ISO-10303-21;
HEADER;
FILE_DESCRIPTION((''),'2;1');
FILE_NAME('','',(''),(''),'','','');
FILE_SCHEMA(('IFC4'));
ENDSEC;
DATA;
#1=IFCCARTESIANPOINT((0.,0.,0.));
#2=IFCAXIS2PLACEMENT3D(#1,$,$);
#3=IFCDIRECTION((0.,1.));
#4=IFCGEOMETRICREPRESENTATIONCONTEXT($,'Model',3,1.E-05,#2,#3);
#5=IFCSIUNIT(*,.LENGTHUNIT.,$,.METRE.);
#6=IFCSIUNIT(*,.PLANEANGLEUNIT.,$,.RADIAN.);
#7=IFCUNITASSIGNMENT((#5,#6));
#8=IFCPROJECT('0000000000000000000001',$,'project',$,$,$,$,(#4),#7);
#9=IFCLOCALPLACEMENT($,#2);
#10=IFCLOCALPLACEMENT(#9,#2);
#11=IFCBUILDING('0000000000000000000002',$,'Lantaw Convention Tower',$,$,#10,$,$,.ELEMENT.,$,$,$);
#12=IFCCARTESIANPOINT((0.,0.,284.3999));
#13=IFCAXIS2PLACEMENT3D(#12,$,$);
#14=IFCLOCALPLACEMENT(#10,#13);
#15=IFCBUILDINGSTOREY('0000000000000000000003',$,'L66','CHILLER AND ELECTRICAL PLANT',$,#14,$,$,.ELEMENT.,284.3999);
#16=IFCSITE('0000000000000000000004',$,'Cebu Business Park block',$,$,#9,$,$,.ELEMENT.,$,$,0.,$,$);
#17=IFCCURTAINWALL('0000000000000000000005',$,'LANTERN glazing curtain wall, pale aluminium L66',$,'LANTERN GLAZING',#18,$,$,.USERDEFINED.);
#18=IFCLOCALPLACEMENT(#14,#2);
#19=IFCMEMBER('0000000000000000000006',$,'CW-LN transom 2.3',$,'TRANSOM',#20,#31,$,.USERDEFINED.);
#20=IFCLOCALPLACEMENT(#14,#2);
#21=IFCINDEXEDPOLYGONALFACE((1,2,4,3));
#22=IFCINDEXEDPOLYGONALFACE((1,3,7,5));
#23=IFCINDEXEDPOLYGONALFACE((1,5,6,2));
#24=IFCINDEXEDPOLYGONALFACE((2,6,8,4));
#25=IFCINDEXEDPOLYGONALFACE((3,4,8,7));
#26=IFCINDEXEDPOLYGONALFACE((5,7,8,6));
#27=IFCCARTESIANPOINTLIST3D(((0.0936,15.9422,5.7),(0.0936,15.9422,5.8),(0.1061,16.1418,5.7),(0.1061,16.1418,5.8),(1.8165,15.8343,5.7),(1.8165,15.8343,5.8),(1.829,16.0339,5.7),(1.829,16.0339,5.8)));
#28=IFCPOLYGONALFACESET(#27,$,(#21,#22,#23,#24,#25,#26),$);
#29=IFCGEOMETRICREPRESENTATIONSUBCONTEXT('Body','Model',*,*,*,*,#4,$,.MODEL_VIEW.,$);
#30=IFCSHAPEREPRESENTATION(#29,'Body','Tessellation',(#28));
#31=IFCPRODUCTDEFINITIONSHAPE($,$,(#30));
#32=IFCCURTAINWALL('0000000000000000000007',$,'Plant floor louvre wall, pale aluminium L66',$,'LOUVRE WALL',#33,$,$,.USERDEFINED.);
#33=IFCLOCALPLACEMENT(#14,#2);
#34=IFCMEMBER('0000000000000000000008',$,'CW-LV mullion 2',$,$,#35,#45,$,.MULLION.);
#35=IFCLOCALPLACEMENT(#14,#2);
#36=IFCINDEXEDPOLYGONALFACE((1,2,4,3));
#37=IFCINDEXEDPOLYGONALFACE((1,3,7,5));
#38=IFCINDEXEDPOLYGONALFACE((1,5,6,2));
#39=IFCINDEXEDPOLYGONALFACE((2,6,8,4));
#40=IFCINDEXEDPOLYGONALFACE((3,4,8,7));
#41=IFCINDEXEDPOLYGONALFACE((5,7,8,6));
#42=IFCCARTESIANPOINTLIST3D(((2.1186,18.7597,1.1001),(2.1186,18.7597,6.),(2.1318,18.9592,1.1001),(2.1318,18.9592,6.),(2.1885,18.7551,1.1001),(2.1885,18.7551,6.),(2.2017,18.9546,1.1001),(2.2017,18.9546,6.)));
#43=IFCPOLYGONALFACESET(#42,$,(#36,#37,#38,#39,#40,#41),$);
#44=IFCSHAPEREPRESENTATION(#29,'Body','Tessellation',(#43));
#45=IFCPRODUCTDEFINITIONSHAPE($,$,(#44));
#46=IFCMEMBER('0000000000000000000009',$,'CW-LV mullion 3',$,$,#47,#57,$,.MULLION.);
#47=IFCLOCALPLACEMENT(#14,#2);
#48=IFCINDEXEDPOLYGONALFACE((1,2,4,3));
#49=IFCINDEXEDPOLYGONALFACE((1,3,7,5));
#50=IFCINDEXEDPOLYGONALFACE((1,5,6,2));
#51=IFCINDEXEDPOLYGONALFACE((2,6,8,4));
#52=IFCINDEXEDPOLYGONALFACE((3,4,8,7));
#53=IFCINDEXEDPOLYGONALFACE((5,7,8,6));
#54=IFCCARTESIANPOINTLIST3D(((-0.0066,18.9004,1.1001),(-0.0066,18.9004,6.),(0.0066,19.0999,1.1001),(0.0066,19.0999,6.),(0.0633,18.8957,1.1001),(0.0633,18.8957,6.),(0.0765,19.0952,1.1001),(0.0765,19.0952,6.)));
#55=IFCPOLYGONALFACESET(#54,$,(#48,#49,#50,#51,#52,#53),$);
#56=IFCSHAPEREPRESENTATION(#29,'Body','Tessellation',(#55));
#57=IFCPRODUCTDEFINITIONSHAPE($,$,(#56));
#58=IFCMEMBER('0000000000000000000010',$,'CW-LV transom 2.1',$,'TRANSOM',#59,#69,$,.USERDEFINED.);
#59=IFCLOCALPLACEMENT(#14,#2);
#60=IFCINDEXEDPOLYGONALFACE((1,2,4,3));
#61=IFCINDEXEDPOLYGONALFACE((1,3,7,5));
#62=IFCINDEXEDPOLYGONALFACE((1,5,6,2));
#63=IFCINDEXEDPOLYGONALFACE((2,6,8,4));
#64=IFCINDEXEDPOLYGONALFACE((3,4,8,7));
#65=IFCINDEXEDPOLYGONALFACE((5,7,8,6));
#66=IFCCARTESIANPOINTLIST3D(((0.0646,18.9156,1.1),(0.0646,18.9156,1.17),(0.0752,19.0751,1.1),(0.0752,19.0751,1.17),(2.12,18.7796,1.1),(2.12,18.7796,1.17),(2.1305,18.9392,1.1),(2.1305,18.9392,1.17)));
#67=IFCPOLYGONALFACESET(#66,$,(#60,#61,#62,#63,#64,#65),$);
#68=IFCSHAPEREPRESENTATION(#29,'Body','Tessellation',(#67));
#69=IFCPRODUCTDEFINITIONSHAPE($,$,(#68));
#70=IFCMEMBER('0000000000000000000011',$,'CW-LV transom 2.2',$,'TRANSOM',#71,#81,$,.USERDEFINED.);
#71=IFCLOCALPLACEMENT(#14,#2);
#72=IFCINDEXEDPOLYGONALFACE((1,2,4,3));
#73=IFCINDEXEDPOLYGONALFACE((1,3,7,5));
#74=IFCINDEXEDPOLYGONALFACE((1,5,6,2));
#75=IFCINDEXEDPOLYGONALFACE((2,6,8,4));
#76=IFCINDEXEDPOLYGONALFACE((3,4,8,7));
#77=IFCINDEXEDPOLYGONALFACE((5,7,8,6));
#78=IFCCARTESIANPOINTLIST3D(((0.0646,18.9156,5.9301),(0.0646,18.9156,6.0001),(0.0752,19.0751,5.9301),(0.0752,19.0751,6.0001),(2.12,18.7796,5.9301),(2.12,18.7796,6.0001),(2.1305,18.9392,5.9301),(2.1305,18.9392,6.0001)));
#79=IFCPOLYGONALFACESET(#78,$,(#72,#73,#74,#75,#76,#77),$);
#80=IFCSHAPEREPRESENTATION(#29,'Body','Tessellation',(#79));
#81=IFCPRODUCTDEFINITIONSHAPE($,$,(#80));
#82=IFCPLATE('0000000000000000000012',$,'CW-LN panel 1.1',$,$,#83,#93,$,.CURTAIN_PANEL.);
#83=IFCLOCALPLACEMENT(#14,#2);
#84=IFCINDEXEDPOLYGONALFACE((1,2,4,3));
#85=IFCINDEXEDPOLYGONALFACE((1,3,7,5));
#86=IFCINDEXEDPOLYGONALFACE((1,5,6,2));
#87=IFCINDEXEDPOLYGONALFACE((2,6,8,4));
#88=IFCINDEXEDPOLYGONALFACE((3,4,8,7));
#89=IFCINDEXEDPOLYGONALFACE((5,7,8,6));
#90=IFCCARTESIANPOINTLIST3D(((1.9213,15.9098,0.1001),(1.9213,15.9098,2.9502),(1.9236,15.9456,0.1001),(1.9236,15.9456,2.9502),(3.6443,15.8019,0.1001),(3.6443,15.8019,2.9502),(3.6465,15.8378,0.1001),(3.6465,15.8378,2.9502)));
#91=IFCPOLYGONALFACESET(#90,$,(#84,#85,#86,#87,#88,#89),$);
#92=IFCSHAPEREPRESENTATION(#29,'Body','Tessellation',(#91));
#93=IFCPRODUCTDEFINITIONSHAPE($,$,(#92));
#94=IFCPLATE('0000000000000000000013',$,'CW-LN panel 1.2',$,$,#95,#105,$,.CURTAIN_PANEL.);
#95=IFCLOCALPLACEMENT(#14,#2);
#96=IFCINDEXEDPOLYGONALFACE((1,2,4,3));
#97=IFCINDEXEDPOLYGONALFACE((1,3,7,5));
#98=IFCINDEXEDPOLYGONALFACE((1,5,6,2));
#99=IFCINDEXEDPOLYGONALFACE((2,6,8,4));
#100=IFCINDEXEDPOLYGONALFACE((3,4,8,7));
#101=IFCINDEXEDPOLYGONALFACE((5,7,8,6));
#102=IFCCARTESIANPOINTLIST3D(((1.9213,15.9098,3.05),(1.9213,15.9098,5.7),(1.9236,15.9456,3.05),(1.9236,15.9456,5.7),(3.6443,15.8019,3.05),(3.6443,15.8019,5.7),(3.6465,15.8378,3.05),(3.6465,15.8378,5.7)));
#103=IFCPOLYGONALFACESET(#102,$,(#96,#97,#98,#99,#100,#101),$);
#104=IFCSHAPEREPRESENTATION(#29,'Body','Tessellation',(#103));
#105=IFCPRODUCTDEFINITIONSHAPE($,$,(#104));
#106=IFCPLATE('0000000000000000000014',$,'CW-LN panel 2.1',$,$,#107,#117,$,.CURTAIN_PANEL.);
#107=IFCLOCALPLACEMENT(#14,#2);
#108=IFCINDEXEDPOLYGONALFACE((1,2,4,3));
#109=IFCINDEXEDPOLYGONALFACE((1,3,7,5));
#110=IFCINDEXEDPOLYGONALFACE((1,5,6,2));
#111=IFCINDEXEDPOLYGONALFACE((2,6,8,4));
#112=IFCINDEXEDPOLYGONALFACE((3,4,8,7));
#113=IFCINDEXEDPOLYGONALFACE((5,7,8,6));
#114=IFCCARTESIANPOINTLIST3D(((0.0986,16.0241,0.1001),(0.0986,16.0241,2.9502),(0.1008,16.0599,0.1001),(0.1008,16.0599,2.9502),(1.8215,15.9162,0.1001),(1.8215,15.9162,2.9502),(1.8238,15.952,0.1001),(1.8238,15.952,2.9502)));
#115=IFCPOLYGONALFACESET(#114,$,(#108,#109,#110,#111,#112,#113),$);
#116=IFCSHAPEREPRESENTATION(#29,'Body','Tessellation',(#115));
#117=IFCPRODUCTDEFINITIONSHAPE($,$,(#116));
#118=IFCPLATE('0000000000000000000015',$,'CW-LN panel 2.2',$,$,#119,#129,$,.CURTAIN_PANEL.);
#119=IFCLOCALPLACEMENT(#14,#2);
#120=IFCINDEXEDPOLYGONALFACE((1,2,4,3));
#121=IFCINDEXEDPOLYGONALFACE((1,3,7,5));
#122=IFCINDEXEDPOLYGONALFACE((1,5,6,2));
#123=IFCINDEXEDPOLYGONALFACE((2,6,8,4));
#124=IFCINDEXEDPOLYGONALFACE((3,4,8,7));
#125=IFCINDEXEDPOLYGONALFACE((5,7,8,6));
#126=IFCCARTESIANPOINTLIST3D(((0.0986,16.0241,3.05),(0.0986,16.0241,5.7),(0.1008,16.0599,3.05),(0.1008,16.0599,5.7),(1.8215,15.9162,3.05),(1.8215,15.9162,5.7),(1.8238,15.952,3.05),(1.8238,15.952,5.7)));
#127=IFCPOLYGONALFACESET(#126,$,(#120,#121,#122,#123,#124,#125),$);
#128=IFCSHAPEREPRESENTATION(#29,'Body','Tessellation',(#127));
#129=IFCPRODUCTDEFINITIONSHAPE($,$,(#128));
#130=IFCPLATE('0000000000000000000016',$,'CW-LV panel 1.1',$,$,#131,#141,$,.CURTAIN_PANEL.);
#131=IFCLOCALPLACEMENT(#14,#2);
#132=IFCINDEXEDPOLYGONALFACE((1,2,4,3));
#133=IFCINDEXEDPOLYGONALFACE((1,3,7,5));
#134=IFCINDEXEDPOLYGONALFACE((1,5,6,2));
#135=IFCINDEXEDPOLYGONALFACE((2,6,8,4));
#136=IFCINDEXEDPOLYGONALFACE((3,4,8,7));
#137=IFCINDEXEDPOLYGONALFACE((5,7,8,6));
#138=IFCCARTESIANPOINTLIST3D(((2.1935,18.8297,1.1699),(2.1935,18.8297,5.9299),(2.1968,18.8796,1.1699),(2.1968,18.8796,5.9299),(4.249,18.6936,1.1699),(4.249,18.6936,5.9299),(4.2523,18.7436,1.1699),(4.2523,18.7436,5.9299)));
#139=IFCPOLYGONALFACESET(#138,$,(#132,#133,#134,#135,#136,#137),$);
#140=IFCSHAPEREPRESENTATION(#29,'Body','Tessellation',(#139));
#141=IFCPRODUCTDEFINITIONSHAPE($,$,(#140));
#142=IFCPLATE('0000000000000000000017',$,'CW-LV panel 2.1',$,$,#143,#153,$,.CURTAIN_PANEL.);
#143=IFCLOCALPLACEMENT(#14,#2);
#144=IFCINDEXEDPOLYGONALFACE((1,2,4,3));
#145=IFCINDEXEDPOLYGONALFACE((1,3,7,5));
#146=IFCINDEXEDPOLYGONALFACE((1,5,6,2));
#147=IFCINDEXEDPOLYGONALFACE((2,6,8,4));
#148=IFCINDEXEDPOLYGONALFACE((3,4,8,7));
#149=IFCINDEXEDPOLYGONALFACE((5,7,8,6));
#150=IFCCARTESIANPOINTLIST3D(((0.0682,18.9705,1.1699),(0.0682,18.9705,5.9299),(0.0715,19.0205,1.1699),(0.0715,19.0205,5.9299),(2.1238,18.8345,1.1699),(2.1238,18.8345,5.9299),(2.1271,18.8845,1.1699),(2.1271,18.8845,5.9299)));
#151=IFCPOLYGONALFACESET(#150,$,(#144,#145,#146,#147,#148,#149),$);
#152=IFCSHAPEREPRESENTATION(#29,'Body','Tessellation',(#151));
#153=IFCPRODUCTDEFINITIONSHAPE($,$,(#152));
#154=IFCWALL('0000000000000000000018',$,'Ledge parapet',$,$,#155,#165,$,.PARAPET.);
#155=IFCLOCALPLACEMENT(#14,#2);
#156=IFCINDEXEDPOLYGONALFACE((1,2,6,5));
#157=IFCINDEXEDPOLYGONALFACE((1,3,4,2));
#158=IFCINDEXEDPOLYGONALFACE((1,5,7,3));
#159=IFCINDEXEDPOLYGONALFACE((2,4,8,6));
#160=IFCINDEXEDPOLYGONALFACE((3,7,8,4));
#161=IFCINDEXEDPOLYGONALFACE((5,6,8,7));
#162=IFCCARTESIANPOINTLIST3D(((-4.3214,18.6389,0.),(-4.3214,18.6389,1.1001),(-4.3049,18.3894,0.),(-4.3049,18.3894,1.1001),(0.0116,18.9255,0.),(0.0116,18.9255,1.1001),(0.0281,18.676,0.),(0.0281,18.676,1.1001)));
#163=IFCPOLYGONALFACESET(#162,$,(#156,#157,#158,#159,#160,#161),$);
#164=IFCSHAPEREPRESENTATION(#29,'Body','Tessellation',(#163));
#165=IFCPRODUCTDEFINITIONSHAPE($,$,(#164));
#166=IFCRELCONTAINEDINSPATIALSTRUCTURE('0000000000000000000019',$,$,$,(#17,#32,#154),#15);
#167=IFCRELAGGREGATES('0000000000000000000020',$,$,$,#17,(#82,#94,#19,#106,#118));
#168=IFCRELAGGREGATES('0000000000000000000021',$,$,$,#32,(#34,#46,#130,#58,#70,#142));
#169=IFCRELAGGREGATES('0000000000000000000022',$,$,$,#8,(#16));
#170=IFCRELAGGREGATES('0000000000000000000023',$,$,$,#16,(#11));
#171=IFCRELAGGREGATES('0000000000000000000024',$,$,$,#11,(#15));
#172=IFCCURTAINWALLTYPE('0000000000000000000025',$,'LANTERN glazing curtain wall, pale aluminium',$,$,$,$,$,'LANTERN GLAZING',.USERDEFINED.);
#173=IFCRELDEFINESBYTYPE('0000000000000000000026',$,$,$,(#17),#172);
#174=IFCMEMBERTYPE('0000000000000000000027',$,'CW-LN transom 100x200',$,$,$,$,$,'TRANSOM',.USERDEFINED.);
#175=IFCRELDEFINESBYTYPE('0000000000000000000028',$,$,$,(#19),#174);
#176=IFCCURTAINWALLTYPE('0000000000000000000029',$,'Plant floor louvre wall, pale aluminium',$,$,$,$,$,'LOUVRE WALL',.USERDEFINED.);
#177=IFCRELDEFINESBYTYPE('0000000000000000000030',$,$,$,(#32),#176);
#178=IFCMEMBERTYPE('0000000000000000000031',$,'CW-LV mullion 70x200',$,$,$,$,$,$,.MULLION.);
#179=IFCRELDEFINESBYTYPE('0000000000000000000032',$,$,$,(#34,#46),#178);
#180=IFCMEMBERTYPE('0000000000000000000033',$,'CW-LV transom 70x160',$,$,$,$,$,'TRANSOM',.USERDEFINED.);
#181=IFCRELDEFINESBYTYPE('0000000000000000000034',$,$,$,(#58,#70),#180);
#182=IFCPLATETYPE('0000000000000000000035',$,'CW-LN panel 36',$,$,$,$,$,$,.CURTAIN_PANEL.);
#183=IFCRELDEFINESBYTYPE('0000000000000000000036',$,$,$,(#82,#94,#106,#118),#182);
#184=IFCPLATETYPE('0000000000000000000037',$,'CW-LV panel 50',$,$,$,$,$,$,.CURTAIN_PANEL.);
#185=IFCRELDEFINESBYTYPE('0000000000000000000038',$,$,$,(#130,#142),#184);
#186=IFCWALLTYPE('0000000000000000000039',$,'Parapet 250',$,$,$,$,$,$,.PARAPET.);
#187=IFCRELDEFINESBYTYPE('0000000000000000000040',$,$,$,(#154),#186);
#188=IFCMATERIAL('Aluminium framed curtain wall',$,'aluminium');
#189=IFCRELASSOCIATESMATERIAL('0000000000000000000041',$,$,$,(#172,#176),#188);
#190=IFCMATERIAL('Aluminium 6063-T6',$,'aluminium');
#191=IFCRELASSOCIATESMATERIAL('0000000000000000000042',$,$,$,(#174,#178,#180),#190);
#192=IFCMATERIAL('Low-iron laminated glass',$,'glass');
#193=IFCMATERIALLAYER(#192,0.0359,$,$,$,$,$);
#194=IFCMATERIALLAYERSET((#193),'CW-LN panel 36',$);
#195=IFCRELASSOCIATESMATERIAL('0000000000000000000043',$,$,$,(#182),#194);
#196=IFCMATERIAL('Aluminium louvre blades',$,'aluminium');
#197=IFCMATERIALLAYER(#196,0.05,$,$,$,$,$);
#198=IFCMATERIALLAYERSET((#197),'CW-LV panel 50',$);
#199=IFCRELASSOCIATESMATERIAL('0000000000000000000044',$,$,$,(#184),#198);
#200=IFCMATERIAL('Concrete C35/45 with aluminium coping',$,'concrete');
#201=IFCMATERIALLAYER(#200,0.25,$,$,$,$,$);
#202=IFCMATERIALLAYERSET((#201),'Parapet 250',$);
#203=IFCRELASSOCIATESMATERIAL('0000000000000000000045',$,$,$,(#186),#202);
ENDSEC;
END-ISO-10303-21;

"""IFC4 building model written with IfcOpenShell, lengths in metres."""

from ifc_helpers import new_model, si_unit, direction, frame, frame_2d, origin, origin_2d, place, context, subcontext, project, spatial, rectangle, extrude, material, layer, layer_set, material_profile, profile_set, type_object, element, aggregate, save


model = new_model("IFC4")

# Units and contexts
model_context = context("Model", 3, precision=1e-05, world=origin(), true_north=direction((0.0, 1.0)))
body_context = subcontext(model_context, "Body", "Model", "MODEL_VIEW")
ifc_project = project(units=[si_unit("LENGTHUNIT", "METRE"), si_unit("PLANEANGLEUNIT", "RADIAN")], contexts=[model_context])

# Site, building, storey
site_placement = place(None, origin())
site = spatial("IfcSite", under=ifc_project, at=site_placement, Name="Cebu Business Park block", CompositionType="ELEMENT", RefElevation=0.0)
building_placement = place(site_placement, origin())
building = spatial("IfcBuilding", under=site, at=building_placement, Name="Lantaw Convention Tower", CompositionType="ELEMENT")
storey_placement = place(building_placement, frame((0.0, 0.0, 284.3999)))
storey = spatial("IfcBuildingStorey", under=building, at=storey_placement, Name="L66", Description="CHILLER AND ELECTRICAL PLANT", CompositionType="ELEMENT", Elevation=284.3999)

# Shared definitions
ifc_material_1 = material(Name="Aluminium framed curtain wall", Category="aluminium")
curtain_wall_type_1 = type_object("IfcCurtainWallType", Name="LANTERN glazing curtain wall, pale aluminium", ElementType="LANTERN GLAZING", PredefinedType="USERDEFINED", material=ifc_material_1)
ifc_material_2 = material(Name="Aluminium 6063-T6", Category="aluminium")

# Curtain walls, members
curtain_wall_1_placement = place(storey_placement, origin())
curtain_wall_1 = element("IfcCurtainWall", 1, at=curtain_wall_1_placement, inside=storey, type_object=curtain_wall_type_1, Name="LANTERN glazing curtain wall, pale aluminium L66", ObjectType="LANTERN GLAZING", PredefinedType="USERDEFINED")
ifc_material_profile_1 = material_profile(ifc_material_2, rectangle(XDim=0.2, YDim=0.1001, at=origin_2d()), Name="CW-LN transom 100x200")
ifc_profile_set_1 = profile_set([ifc_material_profile_1], Name="Aluminium 6063-T6")
member_type_1 = type_object("IfcMemberType", Name="CW-LN transom 100x200", ElementType="TRANSOM", PredefinedType="USERDEFINED", material=ifc_profile_set_1)
member_1_placement = place(storey_placement, frame((1.8228, 15.9341, 5.75), z_axis=(-0.998044, 0.06251, 0.0), x_axis=(-0.06251, -0.998044, 0.0)))
member_1 = element("IfcMember", 2, at=member_1_placement, type_object=member_type_1, Name="CW-LN transom 2.3", ObjectType="TRANSOM", PredefinedType="USERDEFINED", context=body_context, shape_type="SweptSolid", body=[
    extrude(rectangle(XDim=0.2, YDim=0.1001, at=origin_2d()), origin(), (0.0, 0.0, 1.0), 1.7263),
])
curtain_wall_type_2 = type_object("IfcCurtainWallType", Name="Plant floor louvre wall, pale aluminium", ElementType="LOUVRE WALL", PredefinedType="USERDEFINED", material=ifc_material_1)
curtain_wall_2_placement = place(storey_placement, origin())
curtain_wall_2 = element("IfcCurtainWall", 3, at=curtain_wall_2_placement, inside=storey, type_object=curtain_wall_type_2, Name="Plant floor louvre wall, pale aluminium L66", ObjectType="LOUVRE WALL", PredefinedType="USERDEFINED")
ifc_material_profile_2 = material_profile(ifc_material_2, rectangle(XDim=0.2, YDim=0.0701, at=origin_2d()), Name="CW-LV mullion 70x200")
ifc_profile_set_2 = profile_set([ifc_material_profile_2], Name="Aluminium 6063-T6")
member_type_2 = type_object("IfcMemberType", Name="CW-LV mullion 70x200", PredefinedType="MULLION", material=ifc_profile_set_2)
member_2_placement = place(storey_placement, frame((2.1602, 18.8572, 1.1001), z_axis=(0.0, 0.0, 1.0), x_axis=(-0.066025, -0.997818, 0.0)))
member_2 = element("IfcMember", 4, at=member_2_placement, type_object=member_type_2, Name="CW-LV mullion 2", PredefinedType="MULLION", context=body_context, shape_type="SweptSolid", body=[
    extrude(rectangle(XDim=0.2, YDim=0.0701, at=origin_2d()), origin(), (0.0, 0.0, 1.0), 4.8999),
])
member_3_placement = place(storey_placement, frame((0.0349, 18.9978, 1.1001), z_axis=(0.0, 0.0, 1.0), x_axis=(-0.066025, -0.997818, 0.0)))
member_3 = element("IfcMember", 5, at=member_3_placement, type_object=member_type_2, Name="CW-LV mullion 3", PredefinedType="MULLION", context=body_context, shape_type="SweptSolid", body=[
    extrude(rectangle(XDim=0.2, YDim=0.0701, at=origin_2d()), origin(), (0.0, 0.0, 1.0), 4.8999),
])
ifc_material_profile_3 = material_profile(ifc_material_2, rectangle(XDim=0.1599, YDim=0.0701, at=origin_2d()), Name="CW-LV transom 70x160")
ifc_profile_set_3 = profile_set([ifc_material_profile_3], Name="Aluminium 6063-T6")
member_type_3 = type_object("IfcMemberType", Name="CW-LV transom 70x160", ElementType="TRANSOM", PredefinedType="USERDEFINED", material=ifc_profile_set_3)
member_4_placement = place(storey_placement, frame((2.1252, 18.8594, 1.135), z_axis=(-0.997819, 0.066016, 0.0), x_axis=(-0.066016, -0.997819, 0.0)))
member_4 = element("IfcMember", 6, at=member_4_placement, type_object=member_type_3, Name="CW-LV transom 2.1", ObjectType="TRANSOM", PredefinedType="USERDEFINED", context=body_context, shape_type="SweptSolid", body=[
    extrude(rectangle(XDim=0.1599, YDim=0.0701, at=origin_2d()), origin(), (0.0, 0.0, 1.0), 2.0598),
])
member_5_placement = place(storey_placement, frame((2.1252, 18.8594, 5.9651), z_axis=(-0.997819, 0.066016, 0.0), x_axis=(-0.066016, -0.997819, 0.0)))
member_5 = element("IfcMember", 7, at=member_5_placement, type_object=member_type_3, Name="CW-LV transom 2.2", ObjectType="TRANSOM", PredefinedType="USERDEFINED", context=body_context, shape_type="SweptSolid", body=[
    extrude(rectangle(XDim=0.1599, YDim=0.0701, at=origin_2d()), origin(), (0.0, 0.0, 1.0), 2.0598),
])

# Plates
ifc_material_3 = material(Name="Low-iron laminated glass", Category="glass")
ifc_layer_1 = layer(ifc_material_3, 0.0359)
ifc_layer_set_1 = layer_set([ifc_layer_1], Name="CW-LN panel 36")
plate_type_1 = type_object("IfcPlateType", Name="CW-LN panel 36", PredefinedType="CURTAIN_PANEL", material=ifc_layer_set_1)
plate_1_placement = place(storey_placement, frame((2.7839, 15.8738, 0.1001), z_axis=(0.0, 0.0, 1.0), x_axis=(-0.998046, 0.062489, 0.0)))
plate_1 = element("IfcPlate", 8, at=plate_1_placement, type_object=plate_type_1, Name="CW-LN panel 1.1", PredefinedType="CURTAIN_PANEL", context=body_context, shape_type="SweptSolid", body=[
    extrude(rectangle(XDim=1.7263, YDim=0.0359, at=origin_2d()), origin(), (0.0, 0.0, 1.0), 2.8501),
])
plate_2_placement = place(storey_placement, frame((2.7839, 15.8738, 3.05), z_axis=(0.0, 0.0, 1.0), x_axis=(-0.998046, 0.062489, 0.0)))
plate_2 = element("IfcPlate", 9, at=plate_2_placement, type_object=plate_type_1, Name="CW-LN panel 1.2", PredefinedType="CURTAIN_PANEL", context=body_context, shape_type="SweptSolid", body=[
    extrude(rectangle(XDim=1.7263, YDim=0.0359, at=origin_2d()), origin(), (0.0, 0.0, 1.0), 2.6499),
])
plate_3_placement = place(storey_placement, frame((0.9612, 15.988, 0.1001), z_axis=(0.0, 0.0, 1.0), x_axis=(-0.998046, 0.062489, 0.0)))
plate_3 = element("IfcPlate", 10, at=plate_3_placement, type_object=plate_type_1, Name="CW-LN panel 2.1", PredefinedType="CURTAIN_PANEL", context=body_context, shape_type="SweptSolid", body=[
    extrude(rectangle(XDim=1.7263, YDim=0.0359, at=origin_2d()), origin(), (0.0, 0.0, 1.0), 2.8501),
])
plate_4_placement = place(storey_placement, frame((0.9612, 15.988, 3.05), z_axis=(0.0, 0.0, 1.0), x_axis=(-0.998046, 0.062489, 0.0)))
plate_4 = element("IfcPlate", 11, at=plate_4_placement, type_object=plate_type_1, Name="CW-LN panel 2.2", PredefinedType="CURTAIN_PANEL", context=body_context, shape_type="SweptSolid", body=[
    extrude(rectangle(XDim=1.7263, YDim=0.0359, at=origin_2d()), origin(), (0.0, 0.0, 1.0), 2.6499),
])
aggregate(curtain_wall_1, [plate_1, plate_2, member_1, plate_3, plate_4])
ifc_material_4 = material(Name="Aluminium louvre blades", Category="aluminium")
ifc_layer_2 = layer(ifc_material_4, 0.05)
ifc_layer_set_2 = layer_set([ifc_layer_2], Name="CW-LV panel 50")
plate_type_2 = type_object("IfcPlateType", Name="CW-LV panel 50", PredefinedType="CURTAIN_PANEL", material=ifc_layer_set_2)
plate_5_placement = place(storey_placement, frame((3.2229, 18.7866, 1.1699), z_axis=(0.0, 0.0, 1.0), x_axis=(-0.997818, 0.066025, 0.0)))
plate_5 = element("IfcPlate", 12, at=plate_5_placement, type_object=plate_type_2, Name="CW-LV panel 1.1", PredefinedType="CURTAIN_PANEL", context=body_context, shape_type="SweptSolid", body=[
    extrude(rectangle(XDim=2.0601, YDim=0.05, at=origin_2d()), origin(), (0.0, 0.0, 1.0), 4.76),
])
plate_6_placement = place(storey_placement, frame((1.0977, 18.9275, 1.1699), z_axis=(0.0, 0.0, 1.0), x_axis=(-0.997818, 0.066025, 0.0)))
plate_6 = element("IfcPlate", 13, at=plate_6_placement, type_object=plate_type_2, Name="CW-LV panel 2.1", PredefinedType="CURTAIN_PANEL", context=body_context, shape_type="SweptSolid", body=[
    extrude(rectangle(XDim=2.0601, YDim=0.05, at=origin_2d()), origin(), (0.0, 0.0, 1.0), 4.76),
])
aggregate(curtain_wall_2, [member_2, member_3, plate_5, member_4, member_5, plate_6])

# Wall
ifc_material_5 = material(Name="Concrete C35/45 with aluminium coping", Category="concrete")
ifc_layer_3 = layer(ifc_material_5, 0.25)
ifc_layer_set_3 = layer_set([ifc_layer_3], Name="Parapet 250")
wall_type = type_object("IfcWallType", Name="Parapet 250", PredefinedType="PARAPET", material=ifc_layer_set_3)
wall_placement = place(storey_placement, frame((0.02, 18.8008, 0.0), z_axis=(0.0, 0.0, 1.0), x_axis=(-0.997819, -0.066004, 0.0)))
element("IfcWall", 14, at=wall_placement, inside=storey, type_object=wall_type, Name="Ledge parapet", PredefinedType="PARAPET", context=body_context, shape_type="SweptSolid", body=[
    extrude(rectangle(XDim=4.3425, YDim=0.25, at=frame_2d((2.1714, 0.0))), origin(), (0.0, 0.0, 1.0), 1.1001),
])

save(model, "model.ifc")
